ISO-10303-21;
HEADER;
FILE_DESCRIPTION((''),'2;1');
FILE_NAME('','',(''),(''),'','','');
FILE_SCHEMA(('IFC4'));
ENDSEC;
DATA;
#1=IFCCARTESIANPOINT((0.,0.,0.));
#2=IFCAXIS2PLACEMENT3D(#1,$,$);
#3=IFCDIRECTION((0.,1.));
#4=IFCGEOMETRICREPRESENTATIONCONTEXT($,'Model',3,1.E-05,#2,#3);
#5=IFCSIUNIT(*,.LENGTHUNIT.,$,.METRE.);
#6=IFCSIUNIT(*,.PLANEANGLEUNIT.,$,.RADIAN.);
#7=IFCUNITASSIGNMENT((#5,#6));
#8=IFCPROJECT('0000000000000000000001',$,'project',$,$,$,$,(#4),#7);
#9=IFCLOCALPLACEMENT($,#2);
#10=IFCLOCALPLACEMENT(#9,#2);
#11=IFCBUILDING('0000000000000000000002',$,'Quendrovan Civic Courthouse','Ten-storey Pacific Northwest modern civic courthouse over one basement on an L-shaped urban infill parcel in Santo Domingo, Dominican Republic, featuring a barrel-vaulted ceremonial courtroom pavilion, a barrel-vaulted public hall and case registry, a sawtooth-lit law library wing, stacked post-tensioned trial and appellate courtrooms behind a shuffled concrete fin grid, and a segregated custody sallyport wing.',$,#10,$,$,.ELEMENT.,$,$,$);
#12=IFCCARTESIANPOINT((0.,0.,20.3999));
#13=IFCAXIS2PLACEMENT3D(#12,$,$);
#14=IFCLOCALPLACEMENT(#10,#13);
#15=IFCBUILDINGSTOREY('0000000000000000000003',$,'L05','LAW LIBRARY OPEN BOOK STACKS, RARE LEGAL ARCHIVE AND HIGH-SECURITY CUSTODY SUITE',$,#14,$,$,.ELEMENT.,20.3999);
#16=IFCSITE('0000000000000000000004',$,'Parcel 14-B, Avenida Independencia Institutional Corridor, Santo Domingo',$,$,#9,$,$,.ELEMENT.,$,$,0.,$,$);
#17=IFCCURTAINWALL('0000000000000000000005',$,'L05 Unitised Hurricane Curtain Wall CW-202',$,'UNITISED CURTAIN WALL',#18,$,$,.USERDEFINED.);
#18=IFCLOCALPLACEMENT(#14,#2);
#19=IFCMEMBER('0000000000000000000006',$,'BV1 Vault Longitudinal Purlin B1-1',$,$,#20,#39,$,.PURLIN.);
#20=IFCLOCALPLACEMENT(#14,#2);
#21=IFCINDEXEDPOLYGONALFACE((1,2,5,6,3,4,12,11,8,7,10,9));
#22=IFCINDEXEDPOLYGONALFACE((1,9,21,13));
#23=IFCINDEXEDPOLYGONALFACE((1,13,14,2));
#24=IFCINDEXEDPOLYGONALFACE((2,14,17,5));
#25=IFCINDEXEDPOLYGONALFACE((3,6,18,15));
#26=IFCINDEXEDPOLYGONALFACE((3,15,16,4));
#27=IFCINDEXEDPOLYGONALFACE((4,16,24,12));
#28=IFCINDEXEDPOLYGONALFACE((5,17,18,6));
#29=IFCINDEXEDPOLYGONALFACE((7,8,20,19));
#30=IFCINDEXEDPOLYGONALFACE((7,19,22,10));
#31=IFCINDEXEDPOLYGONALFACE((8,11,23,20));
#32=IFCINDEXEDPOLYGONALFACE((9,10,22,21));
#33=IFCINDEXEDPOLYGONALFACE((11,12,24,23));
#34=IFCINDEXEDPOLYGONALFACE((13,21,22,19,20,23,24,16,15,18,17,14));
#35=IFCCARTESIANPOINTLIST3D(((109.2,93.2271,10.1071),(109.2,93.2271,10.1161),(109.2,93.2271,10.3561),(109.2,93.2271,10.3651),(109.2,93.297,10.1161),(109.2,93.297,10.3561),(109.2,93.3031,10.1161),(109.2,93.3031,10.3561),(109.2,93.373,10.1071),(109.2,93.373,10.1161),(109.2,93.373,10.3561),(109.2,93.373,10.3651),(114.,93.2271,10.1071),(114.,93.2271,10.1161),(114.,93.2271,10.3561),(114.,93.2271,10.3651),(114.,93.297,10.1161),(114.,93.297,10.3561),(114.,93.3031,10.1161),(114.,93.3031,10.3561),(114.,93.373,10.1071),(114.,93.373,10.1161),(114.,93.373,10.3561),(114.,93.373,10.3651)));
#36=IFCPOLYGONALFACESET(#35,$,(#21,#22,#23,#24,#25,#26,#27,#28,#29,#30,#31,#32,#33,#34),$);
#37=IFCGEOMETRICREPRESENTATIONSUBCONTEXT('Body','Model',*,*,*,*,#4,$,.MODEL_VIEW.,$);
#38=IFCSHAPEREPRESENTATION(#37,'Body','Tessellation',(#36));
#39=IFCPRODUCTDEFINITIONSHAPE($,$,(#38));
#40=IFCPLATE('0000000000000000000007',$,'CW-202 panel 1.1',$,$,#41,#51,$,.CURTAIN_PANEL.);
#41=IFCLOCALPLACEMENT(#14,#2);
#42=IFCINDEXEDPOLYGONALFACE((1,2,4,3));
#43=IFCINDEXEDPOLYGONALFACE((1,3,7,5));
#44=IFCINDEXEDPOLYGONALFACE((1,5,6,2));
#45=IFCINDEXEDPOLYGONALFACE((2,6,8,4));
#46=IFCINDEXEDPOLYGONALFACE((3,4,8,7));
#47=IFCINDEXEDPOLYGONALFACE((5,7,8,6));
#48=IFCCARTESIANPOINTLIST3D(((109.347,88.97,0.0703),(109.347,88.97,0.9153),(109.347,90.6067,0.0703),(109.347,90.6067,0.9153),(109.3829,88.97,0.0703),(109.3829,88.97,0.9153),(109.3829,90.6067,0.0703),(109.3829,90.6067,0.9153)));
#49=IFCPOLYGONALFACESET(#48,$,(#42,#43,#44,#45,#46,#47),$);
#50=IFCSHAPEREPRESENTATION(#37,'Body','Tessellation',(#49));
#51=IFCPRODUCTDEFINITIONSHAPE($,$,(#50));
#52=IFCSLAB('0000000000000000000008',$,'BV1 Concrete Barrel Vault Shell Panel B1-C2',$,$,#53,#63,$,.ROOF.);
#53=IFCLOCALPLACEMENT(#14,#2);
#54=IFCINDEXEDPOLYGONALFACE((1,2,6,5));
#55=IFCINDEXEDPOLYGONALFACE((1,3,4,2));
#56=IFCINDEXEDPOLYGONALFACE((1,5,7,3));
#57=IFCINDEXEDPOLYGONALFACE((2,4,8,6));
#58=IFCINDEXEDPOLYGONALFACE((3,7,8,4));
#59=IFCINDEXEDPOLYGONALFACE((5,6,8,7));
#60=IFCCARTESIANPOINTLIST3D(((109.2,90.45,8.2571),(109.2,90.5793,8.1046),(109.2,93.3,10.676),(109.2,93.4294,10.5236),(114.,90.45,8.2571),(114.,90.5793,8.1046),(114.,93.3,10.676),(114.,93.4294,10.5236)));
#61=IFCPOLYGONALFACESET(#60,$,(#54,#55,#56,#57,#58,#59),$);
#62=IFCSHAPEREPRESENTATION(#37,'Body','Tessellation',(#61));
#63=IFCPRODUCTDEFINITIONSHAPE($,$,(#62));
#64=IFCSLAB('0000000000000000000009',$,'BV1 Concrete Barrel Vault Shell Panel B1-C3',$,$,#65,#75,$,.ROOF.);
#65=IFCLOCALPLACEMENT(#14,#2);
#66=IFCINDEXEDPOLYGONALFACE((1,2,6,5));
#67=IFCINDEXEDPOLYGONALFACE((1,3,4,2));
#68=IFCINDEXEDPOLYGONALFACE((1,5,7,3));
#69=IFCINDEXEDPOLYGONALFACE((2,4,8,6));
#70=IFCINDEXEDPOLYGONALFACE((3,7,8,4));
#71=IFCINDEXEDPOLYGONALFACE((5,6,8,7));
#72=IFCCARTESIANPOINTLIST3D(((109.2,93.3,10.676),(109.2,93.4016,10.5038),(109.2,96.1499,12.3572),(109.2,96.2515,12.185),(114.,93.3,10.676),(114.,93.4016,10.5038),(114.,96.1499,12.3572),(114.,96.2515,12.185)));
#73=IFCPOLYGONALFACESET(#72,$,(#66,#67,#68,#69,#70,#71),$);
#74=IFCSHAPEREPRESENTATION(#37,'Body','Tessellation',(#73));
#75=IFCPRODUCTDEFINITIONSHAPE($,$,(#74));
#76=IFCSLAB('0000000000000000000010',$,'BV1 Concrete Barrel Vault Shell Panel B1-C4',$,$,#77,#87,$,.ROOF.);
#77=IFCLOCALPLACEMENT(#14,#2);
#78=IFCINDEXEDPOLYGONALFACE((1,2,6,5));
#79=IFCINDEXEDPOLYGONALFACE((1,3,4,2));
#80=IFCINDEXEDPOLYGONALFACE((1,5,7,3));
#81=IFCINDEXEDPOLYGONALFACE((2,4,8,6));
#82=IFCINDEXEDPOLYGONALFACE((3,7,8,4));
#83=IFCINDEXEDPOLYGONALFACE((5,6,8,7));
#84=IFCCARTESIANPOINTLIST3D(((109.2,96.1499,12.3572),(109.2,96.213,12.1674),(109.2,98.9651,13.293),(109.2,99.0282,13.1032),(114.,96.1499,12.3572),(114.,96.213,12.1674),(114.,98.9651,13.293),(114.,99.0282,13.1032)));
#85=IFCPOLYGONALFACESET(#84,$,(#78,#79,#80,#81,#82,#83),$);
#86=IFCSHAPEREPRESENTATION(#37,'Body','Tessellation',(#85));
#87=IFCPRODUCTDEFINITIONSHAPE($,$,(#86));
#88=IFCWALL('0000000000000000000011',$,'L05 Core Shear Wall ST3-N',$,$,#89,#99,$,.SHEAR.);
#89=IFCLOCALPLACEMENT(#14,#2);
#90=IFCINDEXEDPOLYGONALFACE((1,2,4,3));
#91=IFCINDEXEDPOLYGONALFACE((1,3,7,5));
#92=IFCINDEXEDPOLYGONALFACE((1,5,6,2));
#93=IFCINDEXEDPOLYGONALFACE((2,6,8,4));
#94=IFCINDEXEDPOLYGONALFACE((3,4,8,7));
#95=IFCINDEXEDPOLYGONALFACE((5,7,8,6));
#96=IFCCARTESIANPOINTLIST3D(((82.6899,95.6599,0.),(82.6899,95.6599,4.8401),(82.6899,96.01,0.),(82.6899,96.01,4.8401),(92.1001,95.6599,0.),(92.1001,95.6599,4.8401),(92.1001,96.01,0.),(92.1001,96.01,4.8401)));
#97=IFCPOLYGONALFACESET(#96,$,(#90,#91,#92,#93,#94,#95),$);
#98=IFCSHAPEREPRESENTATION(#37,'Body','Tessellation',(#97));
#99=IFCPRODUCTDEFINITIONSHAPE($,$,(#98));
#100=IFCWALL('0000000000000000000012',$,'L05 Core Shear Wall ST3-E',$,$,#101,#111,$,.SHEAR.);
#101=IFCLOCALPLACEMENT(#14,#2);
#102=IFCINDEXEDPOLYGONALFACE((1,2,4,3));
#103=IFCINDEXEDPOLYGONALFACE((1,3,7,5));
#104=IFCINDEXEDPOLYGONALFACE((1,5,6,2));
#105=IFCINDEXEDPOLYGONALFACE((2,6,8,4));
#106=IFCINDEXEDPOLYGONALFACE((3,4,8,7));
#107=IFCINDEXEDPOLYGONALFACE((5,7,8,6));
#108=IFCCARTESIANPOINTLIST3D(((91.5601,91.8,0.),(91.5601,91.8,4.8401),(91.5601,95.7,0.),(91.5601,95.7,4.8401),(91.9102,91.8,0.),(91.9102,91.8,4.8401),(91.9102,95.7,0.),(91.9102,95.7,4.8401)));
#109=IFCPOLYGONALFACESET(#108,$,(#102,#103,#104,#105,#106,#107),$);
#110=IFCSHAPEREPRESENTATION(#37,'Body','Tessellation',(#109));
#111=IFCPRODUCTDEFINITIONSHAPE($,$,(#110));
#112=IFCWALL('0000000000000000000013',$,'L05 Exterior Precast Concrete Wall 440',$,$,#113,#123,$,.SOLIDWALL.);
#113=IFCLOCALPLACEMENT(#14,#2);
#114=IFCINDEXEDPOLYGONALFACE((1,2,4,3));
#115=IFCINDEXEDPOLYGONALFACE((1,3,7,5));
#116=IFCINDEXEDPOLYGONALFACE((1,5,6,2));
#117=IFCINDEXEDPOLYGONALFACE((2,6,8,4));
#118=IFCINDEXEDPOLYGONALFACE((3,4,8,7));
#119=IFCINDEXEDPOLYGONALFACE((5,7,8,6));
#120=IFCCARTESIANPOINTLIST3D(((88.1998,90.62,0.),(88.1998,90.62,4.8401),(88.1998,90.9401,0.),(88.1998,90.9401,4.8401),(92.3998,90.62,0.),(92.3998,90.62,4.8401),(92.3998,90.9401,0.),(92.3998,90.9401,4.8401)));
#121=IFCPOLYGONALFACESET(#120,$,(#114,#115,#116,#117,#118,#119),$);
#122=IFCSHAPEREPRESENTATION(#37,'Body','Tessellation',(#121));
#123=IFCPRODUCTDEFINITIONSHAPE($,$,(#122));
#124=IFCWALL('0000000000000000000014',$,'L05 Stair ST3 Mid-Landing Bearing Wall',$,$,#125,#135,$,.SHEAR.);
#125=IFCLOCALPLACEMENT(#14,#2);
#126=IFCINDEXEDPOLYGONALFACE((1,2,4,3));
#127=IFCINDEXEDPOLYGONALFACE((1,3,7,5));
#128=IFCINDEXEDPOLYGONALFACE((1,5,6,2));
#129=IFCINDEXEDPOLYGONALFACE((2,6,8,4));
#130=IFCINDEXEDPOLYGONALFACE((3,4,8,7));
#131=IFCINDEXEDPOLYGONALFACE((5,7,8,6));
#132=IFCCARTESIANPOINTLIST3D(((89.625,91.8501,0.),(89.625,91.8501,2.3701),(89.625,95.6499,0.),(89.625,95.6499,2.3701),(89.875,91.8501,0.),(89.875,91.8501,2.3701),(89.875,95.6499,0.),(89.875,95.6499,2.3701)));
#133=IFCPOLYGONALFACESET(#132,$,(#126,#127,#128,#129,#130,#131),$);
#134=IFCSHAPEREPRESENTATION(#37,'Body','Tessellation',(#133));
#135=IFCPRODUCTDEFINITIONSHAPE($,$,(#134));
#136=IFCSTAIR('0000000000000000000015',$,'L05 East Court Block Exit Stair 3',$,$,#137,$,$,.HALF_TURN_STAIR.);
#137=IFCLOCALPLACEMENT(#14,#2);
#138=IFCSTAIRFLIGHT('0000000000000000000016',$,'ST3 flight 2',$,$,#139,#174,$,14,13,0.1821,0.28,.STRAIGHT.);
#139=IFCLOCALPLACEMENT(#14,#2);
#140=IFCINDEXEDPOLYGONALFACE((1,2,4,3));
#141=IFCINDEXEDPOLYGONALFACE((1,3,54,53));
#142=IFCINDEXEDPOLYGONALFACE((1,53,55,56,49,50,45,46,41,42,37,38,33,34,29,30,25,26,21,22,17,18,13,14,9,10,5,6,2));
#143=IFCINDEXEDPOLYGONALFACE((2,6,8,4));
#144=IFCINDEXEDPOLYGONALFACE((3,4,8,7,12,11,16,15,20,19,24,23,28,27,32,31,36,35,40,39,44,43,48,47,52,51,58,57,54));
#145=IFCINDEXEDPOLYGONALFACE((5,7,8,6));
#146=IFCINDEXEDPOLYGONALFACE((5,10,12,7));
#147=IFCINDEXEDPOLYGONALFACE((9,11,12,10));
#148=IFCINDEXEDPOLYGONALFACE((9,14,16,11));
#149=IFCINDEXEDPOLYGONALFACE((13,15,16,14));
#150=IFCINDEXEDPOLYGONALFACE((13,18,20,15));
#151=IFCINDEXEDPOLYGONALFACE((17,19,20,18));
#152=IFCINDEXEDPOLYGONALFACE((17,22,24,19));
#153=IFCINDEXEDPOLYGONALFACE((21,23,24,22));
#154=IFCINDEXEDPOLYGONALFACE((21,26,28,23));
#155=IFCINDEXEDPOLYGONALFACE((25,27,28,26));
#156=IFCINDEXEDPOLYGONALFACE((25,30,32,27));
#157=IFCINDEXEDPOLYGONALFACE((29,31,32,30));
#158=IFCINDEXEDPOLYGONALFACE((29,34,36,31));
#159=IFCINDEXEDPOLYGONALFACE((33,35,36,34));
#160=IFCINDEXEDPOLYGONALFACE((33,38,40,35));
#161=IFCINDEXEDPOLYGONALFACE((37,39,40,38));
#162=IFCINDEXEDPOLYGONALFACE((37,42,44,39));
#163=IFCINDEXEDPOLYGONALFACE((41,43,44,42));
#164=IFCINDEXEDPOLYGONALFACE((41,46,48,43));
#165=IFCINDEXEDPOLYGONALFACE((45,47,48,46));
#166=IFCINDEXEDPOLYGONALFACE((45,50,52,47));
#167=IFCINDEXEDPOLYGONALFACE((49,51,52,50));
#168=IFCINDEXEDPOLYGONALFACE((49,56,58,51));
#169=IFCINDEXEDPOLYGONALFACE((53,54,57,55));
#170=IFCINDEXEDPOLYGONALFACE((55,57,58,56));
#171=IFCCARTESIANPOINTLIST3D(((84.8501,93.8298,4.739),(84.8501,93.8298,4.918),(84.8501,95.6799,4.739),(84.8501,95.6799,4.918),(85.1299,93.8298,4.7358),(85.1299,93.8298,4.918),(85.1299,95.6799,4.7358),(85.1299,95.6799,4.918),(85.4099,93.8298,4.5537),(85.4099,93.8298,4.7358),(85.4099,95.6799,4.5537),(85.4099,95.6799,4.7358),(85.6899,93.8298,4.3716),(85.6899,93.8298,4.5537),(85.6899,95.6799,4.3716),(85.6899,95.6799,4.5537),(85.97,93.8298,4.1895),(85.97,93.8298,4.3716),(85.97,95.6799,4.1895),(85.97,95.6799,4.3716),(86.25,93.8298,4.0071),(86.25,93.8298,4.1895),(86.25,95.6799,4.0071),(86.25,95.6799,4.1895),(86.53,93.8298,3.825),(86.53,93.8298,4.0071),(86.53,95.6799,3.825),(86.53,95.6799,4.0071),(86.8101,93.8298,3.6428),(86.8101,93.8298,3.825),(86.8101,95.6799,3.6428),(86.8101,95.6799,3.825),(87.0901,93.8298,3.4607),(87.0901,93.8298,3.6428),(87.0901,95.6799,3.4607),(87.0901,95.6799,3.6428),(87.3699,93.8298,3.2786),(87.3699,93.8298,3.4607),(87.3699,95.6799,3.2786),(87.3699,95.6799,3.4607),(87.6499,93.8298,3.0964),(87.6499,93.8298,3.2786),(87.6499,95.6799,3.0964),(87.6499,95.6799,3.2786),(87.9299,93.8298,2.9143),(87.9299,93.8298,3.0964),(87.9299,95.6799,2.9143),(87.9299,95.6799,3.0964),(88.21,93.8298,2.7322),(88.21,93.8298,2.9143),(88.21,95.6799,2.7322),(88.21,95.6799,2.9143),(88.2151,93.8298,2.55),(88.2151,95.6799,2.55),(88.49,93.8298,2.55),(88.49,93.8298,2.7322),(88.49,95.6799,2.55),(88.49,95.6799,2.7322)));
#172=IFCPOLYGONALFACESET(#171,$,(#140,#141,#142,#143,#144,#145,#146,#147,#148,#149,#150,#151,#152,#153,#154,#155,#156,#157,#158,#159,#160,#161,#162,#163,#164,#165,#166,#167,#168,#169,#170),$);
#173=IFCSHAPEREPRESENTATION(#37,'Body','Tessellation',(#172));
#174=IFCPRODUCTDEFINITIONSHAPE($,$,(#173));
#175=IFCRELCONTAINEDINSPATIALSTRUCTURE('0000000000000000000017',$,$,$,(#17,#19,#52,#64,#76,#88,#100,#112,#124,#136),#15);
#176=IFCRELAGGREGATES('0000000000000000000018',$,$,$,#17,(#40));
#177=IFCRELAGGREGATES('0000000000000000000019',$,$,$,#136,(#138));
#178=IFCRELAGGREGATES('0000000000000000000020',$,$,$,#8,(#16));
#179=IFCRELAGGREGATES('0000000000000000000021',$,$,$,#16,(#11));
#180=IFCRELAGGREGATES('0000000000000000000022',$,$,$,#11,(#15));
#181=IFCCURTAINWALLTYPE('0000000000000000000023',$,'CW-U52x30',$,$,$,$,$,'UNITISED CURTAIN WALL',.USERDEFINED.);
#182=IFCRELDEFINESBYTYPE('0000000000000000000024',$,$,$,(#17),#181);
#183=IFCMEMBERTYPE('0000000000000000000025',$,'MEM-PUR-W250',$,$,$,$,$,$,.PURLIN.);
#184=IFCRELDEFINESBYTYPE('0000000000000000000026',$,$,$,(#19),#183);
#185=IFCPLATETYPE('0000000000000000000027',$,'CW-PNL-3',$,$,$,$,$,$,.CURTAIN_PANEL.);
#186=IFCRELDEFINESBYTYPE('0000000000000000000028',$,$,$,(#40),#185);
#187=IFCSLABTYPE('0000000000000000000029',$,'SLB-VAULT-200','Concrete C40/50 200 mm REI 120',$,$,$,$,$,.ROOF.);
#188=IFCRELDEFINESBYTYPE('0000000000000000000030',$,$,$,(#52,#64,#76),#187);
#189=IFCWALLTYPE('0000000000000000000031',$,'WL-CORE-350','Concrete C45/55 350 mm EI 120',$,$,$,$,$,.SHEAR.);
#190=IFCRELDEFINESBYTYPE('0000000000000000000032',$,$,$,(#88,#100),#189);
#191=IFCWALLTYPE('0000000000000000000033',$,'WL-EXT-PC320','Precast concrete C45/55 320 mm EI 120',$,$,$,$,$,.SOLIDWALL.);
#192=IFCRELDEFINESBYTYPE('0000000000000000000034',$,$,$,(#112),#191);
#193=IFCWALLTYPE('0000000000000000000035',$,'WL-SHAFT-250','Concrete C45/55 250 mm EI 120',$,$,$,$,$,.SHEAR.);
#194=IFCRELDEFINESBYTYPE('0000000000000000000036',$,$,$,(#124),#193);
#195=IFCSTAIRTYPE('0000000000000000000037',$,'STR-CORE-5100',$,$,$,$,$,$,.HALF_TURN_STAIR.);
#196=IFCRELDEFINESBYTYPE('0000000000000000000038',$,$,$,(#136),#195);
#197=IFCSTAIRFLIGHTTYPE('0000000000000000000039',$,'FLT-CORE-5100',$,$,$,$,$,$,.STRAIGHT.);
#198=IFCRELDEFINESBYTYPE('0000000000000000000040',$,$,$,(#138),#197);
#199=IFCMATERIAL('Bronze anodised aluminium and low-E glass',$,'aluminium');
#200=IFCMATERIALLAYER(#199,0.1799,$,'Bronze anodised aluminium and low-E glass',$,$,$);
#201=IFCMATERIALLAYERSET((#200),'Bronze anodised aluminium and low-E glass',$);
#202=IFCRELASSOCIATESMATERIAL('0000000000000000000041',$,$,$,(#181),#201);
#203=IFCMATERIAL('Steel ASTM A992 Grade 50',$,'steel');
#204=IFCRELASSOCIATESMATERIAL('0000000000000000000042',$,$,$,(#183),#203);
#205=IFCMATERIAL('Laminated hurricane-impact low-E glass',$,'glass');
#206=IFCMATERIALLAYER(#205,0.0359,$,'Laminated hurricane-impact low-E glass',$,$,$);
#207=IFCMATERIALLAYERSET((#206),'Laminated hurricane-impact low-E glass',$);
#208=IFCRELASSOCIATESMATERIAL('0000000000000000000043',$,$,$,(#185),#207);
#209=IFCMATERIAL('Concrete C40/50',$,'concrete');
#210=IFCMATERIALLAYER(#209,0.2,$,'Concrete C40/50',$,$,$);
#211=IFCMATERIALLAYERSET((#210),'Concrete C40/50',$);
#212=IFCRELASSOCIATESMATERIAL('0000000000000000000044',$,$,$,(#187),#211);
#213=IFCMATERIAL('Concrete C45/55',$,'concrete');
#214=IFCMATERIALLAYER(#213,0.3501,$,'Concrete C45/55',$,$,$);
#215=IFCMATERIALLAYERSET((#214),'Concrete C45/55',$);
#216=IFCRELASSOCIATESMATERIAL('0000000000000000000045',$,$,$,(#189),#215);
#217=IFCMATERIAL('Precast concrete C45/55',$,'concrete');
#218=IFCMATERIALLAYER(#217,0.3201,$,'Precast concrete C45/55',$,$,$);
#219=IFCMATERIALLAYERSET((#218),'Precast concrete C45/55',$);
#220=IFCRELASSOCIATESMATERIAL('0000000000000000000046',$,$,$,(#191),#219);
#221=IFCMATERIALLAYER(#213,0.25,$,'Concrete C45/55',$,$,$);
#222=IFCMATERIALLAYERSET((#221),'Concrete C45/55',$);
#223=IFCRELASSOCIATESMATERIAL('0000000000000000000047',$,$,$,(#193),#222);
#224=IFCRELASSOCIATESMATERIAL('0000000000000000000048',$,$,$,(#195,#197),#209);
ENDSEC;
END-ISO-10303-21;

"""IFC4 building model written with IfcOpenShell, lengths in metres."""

from ifc_helpers import new_model, si_unit, direction, frame, frame_2d, origin, origin_2d, place, context, subcontext, project, spatial, polyline, rectangle, i_section, outline, extrude, material, layer, layer_set, material_profile, profile_set, type_object, element, aggregate, save


model = new_model("IFC4")

# Units and contexts
model_context = context("Model", 3, precision=1e-05, world=origin(), true_north=direction((0.0, 1.0)))
body_context = subcontext(model_context, "Body", "Model", "MODEL_VIEW")
ifc_project = project(units=[si_unit("LENGTHUNIT", "METRE"), si_unit("PLANEANGLEUNIT", "RADIAN")], contexts=[model_context])

# Site, building, storey
site_placement = place(None, origin())
site = spatial("IfcSite", under=ifc_project, at=site_placement, Name="Parcel 14-B, Avenida Independencia Institutional Corridor, Santo Domingo", CompositionType="ELEMENT", RefElevation=0.0)
building_placement = place(site_placement, origin())
building = spatial("IfcBuilding", under=site, at=building_placement, Name="Quendrovan Civic Courthouse", Description="Ten-storey Pacific Northwest modern civic courthouse over one basement on an L-shaped urban infill parcel in Santo Domingo, Dominican Republic, featuring a barrel-vaulted ceremonial courtroom pavilion, a barrel-vaulted public hall and case registry, a sawtooth-lit law library wing, stacked post-tensioned trial and appellate courtrooms behind a shuffled concrete fin grid, and a segregated custody sallyport wing.", CompositionType="ELEMENT")
storey_placement = place(building_placement, frame((0.0, 0.0, 20.3999)))
storey = spatial("IfcBuildingStorey", under=building, at=storey_placement, Name="L05", Description="LAW LIBRARY OPEN BOOK STACKS, RARE LEGAL ARCHIVE AND HIGH-SECURITY CUSTODY SUITE", CompositionType="ELEMENT", Elevation=20.3999)

# Shared definitions
ifc_material_1 = material(Name="Concrete C45/55", Category="concrete")
ifc_material_2 = material(Name="Steel ASTM A992 Grade 50", Category="steel")

# Shared definitions
ifc_material_3 = material(Name="Concrete C40/50", Category="concrete")

# Curtain wall
ifc_material_4 = material(Name="Bronze anodised aluminium and low-E glass", Category="aluminium")
ifc_layer_1 = layer(ifc_material_4, 0.1799, Name="Bronze anodised aluminium and low-E glass")
ifc_layer_set_1 = layer_set([ifc_layer_1], Name="Bronze anodised aluminium and low-E glass")
curtain_wall_type = type_object("IfcCurtainWallType", Name="CW-U52x30", ElementType="UNITISED CURTAIN WALL", PredefinedType="USERDEFINED", material=ifc_layer_set_1)
curtain_wall_placement = place(storey_placement, origin())
curtain_wall = element("IfcCurtainWall", 1, at=curtain_wall_placement, inside=storey, type_object=curtain_wall_type, Name="L05 Unitised Hurricane Curtain Wall CW-202", ObjectType="UNITISED CURTAIN WALL", PredefinedType="USERDEFINED")

# Member
ifc_material_profile_1 = material_profile(ifc_material_2, i_section(OverallWidth=0.146, OverallDepth=0.2581, WebThickness=0.0061, FlangeThickness=0.009, at=origin_2d()), Name="W250x33")
ifc_profile_set_1 = profile_set([ifc_material_profile_1], Name="Steel ASTM A992 Grade 50")
member_type_1 = type_object("IfcMemberType", Name="MEM-PUR-W250", PredefinedType="PURLIN", material=ifc_profile_set_1)
member_1_placement = place(storey_placement, frame((109.2, 93.3, 10.2361), z_axis=(1.0, 0.0, 0.0), x_axis=(0.0, 1.0, 0.0)))
element("IfcMember", 2, at=member_1_placement, inside=storey, type_object=member_type_1, Name="BV1 Vault Longitudinal Purlin B1-1", PredefinedType="PURLIN", context=body_context, shape_type="SweptSolid", body=[
    extrude(i_section(OverallWidth=0.146, OverallDepth=0.2581, WebThickness=0.0061, FlangeThickness=0.009, at=origin_2d()), origin(), (0.0, 0.0, 1.0), 4.8),
])

# Plate
ifc_material_5 = material(Name="Laminated hurricane-impact low-E glass", Category="glass")
ifc_layer_2 = layer(ifc_material_5, 0.0359, Name="Laminated hurricane-impact low-E glass")
ifc_layer_set_2 = layer_set([ifc_layer_2], Name="Laminated hurricane-impact low-E glass")
plate_type = type_object("IfcPlateType", Name="CW-PNL-3", PredefinedType="CURTAIN_PANEL", material=ifc_layer_set_2)
plate_placement = place(storey_placement, frame((109.365, 89.7883, 0.0703), z_axis=(0.0, 0.0, 1.0), x_axis=(0.0, 1.0, 0.0)))
plate = element("IfcPlate", 3, at=plate_placement, type_object=plate_type, Name="CW-202 panel 1.1", PredefinedType="CURTAIN_PANEL", context=body_context, shape_type="SweptSolid", body=[
    extrude(rectangle(XDim=1.6367, YDim=0.0359, at=origin_2d()), origin(), (0.0, 0.0, 1.0), 0.845),
])
aggregate(curtain_wall, [plate])

# Slabs
ifc_layer_3 = layer(ifc_material_3, 0.2, Name="Concrete C40/50")
ifc_layer_set_3 = layer_set([ifc_layer_3], Name="Concrete C40/50")
slab_type = type_object("IfcSlabType", Name="SLB-VAULT-200", Description="Concrete C40/50 200 mm REI 120", PredefinedType="ROOF", material=ifc_layer_set_3)
slab_1_placement = place(storey_placement, frame((109.2, 90.45, 8.2571), z_axis=(0.0, -0.647083, 0.762419), x_axis=(1.0, 0.0, 0.0)))
element("IfcSlab", 4, at=slab_1_placement, inside=storey, type_object=slab_type, Name="BV1 Concrete Barrel Vault Shell Panel B1-C2", PredefinedType="ROOF", context=body_context, shape_type="SweptSolid", body=[
    extrude(outline(polyline([(0.0, 0.0), (4.8, 0.0), (4.8, 3.7382), (0.0, 3.7382), (0.0, 0.0)])), origin(), (0.0, 0.0, -1.0), 0.2),
])
slab_2_placement = place(storey_placement, frame((109.2, 93.3, 10.676), z_axis=(0.0, -0.50809, 0.861304), x_axis=(1.0, 0.0, 0.0)))
element("IfcSlab", 5, at=slab_2_placement, inside=storey, type_object=slab_type, Name="BV1 Concrete Barrel Vault Shell Panel B1-C3", PredefinedType="ROOF", context=body_context, shape_type="SweptSolid", body=[
    extrude(outline(polyline([(0.0, 0.0), (4.8, 0.0), (4.8, 3.3088), (0.0, 3.3088), (0.0, 0.0)])), origin(), (0.0, 0.0, -1.0), 0.2),
])
slab_3_placement = place(storey_placement, frame((109.2, 96.1499, 12.3572), z_axis=(0.0, -0.315438, 0.948946), x_axis=(1.0, 0.0, 0.0)))
element("IfcSlab", 6, at=slab_3_placement, inside=storey, type_object=slab_type, Name="BV1 Concrete Barrel Vault Shell Panel B1-C4", PredefinedType="ROOF", context=body_context, shape_type="SweptSolid", body=[
    extrude(outline(polyline([(0.0, 0.0), (4.8, 0.0), (4.8, 2.9666), (0.0, 2.9666), (0.0, 0.0)])), origin(), (0.0, 0.0, -1.0), 0.2),
])

# Walls
ifc_layer_4 = layer(ifc_material_1, 0.3501, Name="Concrete C45/55")
ifc_layer_set_4 = layer_set([ifc_layer_4], Name="Concrete C45/55")
wall_type_1 = type_object("IfcWallType", Name="WL-CORE-350", Description="Concrete C45/55 350 mm EI 120", PredefinedType="SHEAR", material=ifc_layer_set_4)
wall_1_placement = place(storey_placement, frame((92.1001, 95.835, 0.0), z_axis=(0.0, 0.0, 1.0), x_axis=(-1.0, 0.0, 0.0)))
element("IfcWall", 7, at=wall_1_placement, inside=storey, type_object=wall_type_1, Name="L05 Core Shear Wall ST3-N", PredefinedType="SHEAR", context=body_context, shape_type="SweptSolid", body=[
    extrude(rectangle(XDim=9.4102, YDim=0.3501, at=frame_2d((4.7051, 0.0))), origin(), (0.0, 0.0, 1.0), 4.8401),
])
wall_2_placement = place(storey_placement, frame((91.7351, 95.7, 0.0), z_axis=(0.0, 0.0, 1.0), x_axis=(0.0, -1.0, 0.0)))
element("IfcWall", 8, at=wall_2_placement, inside=storey, type_object=wall_type_1, Name="L05 Core Shear Wall ST3-E", PredefinedType="SHEAR", context=body_context, shape_type="SweptSolid", body=[
    extrude(rectangle(XDim=3.8999, YDim=0.3501, at=frame_2d((1.95, 0.0))), origin(), (0.0, 0.0, 1.0), 4.8401),
])
ifc_material_6 = material(Name="Precast concrete C45/55", Category="concrete")
ifc_layer_5 = layer(ifc_material_6, 0.3201, Name="Precast concrete C45/55")
ifc_layer_set_5 = layer_set([ifc_layer_5], Name="Precast concrete C45/55")
wall_type_2 = type_object("IfcWallType", Name="WL-EXT-PC320", Description="Precast concrete C45/55 320 mm EI 120", PredefinedType="SOLIDWALL", material=ifc_layer_set_5)
wall_3_placement = place(storey_placement, frame((92.3999, 90.78, 0.0), z_axis=(0.0, 0.0, 1.0), x_axis=(-1.0, 0.0, 0.0)))
element("IfcWall", 9, at=wall_3_placement, inside=storey, type_object=wall_type_2, Name="L05 Exterior Precast Concrete Wall 440", PredefinedType="SOLIDWALL", context=body_context, shape_type="SweptSolid", body=[
    extrude(rectangle(XDim=4.2, YDim=0.3201, at=frame_2d((2.1001, 0.0))), origin(), (0.0, 0.0, 1.0), 4.8401),
])
ifc_layer_6 = layer(ifc_material_1, 0.25, Name="Concrete C45/55")
ifc_layer_set_6 = layer_set([ifc_layer_6], Name="Concrete C45/55")
wall_type_3 = type_object("IfcWallType", Name="WL-SHAFT-250", Description="Concrete C45/55 250 mm EI 120", PredefinedType="SHEAR", material=ifc_layer_set_6)
wall_4_placement = place(storey_placement, frame((89.75, 91.8501, 0.0), z_axis=(0.0, 0.0, 1.0), x_axis=(0.0, 1.0, 0.0)))
element("IfcWall", 10, at=wall_4_placement, inside=storey, type_object=wall_type_3, Name="L05 Stair ST3 Mid-Landing Bearing Wall", PredefinedType="SHEAR", context=body_context, shape_type="SweptSolid", body=[
    extrude(rectangle(XDim=3.7998, YDim=0.25, at=frame_2d((1.8999, 0.0))), origin(), (0.0, 0.0, 1.0), 2.3701),
])

# Stair, stair flight
stair_type = type_object("IfcStairType", Name="STR-CORE-5100", PredefinedType="HALF_TURN_STAIR", material=ifc_material_3)
stair_placement = place(storey_placement, origin())
stair = element("IfcStair", 11, at=stair_placement, inside=storey, type_object=stair_type, Name="L05 East Court Block Exit Stair 3", PredefinedType="HALF_TURN_STAIR")
stair_flight_type = type_object("IfcStairFlightType", Name="FLT-CORE-5100", PredefinedType="STRAIGHT", material=ifc_material_3)
stair_flight_placement = place(storey_placement, frame((88.49, 94.7549, 2.55), z_axis=(0.0, 0.0, 1.0), x_axis=(-1.0, 0.0, 0.0)))
stair_flight = element("IfcStairFlight", 12, at=stair_flight_placement, type_object=stair_flight_type, Name="ST3 flight 2", NumberOfRisers=14, NumberOfTreads=13, PredefinedType="STRAIGHT", RiserHeight=0.1821, TreadLength=0.28, context=body_context, shape_type="SweptSolid", body=[
    extrude(outline(polyline([(0.0, 0.0), (0.0, 0.1821), (0.28, 0.1821), (0.28, 0.3643), (0.5601, 0.3643), (0.5601, 0.5464), (0.8401, 0.5464), (0.8401, 0.7285), (1.1201, 0.7285), (1.1201, 0.9106), (1.3999, 0.9106), (1.3999, 1.0928), (1.6799, 1.0928), (1.6799, 1.2749), (1.96, 1.2749), (1.96, 1.457), (2.24, 1.457), (2.24, 1.6394), (2.52, 1.6394), (2.52, 1.8215), (2.8, 1.8215), (2.8, 2.0037), (3.0801, 2.0037), (3.0801, 2.1858), (3.3601, 2.1858), (3.3601, 2.3679), (3.6399, 2.3679), (3.6399, 2.55), (3.6399, 2.189), (0.2749, 0.0), (0.0, 0.0)])), frame((0.0, 0.925, 0.0), z_axis=(0.0, -1.0, 0.0), x_axis=(1.0, 0.0, 0.0)), (0.0, 0.0, 1.0), 1.8501),
])
aggregate(stair, [stair_flight])

save(model, "model.ifc")
